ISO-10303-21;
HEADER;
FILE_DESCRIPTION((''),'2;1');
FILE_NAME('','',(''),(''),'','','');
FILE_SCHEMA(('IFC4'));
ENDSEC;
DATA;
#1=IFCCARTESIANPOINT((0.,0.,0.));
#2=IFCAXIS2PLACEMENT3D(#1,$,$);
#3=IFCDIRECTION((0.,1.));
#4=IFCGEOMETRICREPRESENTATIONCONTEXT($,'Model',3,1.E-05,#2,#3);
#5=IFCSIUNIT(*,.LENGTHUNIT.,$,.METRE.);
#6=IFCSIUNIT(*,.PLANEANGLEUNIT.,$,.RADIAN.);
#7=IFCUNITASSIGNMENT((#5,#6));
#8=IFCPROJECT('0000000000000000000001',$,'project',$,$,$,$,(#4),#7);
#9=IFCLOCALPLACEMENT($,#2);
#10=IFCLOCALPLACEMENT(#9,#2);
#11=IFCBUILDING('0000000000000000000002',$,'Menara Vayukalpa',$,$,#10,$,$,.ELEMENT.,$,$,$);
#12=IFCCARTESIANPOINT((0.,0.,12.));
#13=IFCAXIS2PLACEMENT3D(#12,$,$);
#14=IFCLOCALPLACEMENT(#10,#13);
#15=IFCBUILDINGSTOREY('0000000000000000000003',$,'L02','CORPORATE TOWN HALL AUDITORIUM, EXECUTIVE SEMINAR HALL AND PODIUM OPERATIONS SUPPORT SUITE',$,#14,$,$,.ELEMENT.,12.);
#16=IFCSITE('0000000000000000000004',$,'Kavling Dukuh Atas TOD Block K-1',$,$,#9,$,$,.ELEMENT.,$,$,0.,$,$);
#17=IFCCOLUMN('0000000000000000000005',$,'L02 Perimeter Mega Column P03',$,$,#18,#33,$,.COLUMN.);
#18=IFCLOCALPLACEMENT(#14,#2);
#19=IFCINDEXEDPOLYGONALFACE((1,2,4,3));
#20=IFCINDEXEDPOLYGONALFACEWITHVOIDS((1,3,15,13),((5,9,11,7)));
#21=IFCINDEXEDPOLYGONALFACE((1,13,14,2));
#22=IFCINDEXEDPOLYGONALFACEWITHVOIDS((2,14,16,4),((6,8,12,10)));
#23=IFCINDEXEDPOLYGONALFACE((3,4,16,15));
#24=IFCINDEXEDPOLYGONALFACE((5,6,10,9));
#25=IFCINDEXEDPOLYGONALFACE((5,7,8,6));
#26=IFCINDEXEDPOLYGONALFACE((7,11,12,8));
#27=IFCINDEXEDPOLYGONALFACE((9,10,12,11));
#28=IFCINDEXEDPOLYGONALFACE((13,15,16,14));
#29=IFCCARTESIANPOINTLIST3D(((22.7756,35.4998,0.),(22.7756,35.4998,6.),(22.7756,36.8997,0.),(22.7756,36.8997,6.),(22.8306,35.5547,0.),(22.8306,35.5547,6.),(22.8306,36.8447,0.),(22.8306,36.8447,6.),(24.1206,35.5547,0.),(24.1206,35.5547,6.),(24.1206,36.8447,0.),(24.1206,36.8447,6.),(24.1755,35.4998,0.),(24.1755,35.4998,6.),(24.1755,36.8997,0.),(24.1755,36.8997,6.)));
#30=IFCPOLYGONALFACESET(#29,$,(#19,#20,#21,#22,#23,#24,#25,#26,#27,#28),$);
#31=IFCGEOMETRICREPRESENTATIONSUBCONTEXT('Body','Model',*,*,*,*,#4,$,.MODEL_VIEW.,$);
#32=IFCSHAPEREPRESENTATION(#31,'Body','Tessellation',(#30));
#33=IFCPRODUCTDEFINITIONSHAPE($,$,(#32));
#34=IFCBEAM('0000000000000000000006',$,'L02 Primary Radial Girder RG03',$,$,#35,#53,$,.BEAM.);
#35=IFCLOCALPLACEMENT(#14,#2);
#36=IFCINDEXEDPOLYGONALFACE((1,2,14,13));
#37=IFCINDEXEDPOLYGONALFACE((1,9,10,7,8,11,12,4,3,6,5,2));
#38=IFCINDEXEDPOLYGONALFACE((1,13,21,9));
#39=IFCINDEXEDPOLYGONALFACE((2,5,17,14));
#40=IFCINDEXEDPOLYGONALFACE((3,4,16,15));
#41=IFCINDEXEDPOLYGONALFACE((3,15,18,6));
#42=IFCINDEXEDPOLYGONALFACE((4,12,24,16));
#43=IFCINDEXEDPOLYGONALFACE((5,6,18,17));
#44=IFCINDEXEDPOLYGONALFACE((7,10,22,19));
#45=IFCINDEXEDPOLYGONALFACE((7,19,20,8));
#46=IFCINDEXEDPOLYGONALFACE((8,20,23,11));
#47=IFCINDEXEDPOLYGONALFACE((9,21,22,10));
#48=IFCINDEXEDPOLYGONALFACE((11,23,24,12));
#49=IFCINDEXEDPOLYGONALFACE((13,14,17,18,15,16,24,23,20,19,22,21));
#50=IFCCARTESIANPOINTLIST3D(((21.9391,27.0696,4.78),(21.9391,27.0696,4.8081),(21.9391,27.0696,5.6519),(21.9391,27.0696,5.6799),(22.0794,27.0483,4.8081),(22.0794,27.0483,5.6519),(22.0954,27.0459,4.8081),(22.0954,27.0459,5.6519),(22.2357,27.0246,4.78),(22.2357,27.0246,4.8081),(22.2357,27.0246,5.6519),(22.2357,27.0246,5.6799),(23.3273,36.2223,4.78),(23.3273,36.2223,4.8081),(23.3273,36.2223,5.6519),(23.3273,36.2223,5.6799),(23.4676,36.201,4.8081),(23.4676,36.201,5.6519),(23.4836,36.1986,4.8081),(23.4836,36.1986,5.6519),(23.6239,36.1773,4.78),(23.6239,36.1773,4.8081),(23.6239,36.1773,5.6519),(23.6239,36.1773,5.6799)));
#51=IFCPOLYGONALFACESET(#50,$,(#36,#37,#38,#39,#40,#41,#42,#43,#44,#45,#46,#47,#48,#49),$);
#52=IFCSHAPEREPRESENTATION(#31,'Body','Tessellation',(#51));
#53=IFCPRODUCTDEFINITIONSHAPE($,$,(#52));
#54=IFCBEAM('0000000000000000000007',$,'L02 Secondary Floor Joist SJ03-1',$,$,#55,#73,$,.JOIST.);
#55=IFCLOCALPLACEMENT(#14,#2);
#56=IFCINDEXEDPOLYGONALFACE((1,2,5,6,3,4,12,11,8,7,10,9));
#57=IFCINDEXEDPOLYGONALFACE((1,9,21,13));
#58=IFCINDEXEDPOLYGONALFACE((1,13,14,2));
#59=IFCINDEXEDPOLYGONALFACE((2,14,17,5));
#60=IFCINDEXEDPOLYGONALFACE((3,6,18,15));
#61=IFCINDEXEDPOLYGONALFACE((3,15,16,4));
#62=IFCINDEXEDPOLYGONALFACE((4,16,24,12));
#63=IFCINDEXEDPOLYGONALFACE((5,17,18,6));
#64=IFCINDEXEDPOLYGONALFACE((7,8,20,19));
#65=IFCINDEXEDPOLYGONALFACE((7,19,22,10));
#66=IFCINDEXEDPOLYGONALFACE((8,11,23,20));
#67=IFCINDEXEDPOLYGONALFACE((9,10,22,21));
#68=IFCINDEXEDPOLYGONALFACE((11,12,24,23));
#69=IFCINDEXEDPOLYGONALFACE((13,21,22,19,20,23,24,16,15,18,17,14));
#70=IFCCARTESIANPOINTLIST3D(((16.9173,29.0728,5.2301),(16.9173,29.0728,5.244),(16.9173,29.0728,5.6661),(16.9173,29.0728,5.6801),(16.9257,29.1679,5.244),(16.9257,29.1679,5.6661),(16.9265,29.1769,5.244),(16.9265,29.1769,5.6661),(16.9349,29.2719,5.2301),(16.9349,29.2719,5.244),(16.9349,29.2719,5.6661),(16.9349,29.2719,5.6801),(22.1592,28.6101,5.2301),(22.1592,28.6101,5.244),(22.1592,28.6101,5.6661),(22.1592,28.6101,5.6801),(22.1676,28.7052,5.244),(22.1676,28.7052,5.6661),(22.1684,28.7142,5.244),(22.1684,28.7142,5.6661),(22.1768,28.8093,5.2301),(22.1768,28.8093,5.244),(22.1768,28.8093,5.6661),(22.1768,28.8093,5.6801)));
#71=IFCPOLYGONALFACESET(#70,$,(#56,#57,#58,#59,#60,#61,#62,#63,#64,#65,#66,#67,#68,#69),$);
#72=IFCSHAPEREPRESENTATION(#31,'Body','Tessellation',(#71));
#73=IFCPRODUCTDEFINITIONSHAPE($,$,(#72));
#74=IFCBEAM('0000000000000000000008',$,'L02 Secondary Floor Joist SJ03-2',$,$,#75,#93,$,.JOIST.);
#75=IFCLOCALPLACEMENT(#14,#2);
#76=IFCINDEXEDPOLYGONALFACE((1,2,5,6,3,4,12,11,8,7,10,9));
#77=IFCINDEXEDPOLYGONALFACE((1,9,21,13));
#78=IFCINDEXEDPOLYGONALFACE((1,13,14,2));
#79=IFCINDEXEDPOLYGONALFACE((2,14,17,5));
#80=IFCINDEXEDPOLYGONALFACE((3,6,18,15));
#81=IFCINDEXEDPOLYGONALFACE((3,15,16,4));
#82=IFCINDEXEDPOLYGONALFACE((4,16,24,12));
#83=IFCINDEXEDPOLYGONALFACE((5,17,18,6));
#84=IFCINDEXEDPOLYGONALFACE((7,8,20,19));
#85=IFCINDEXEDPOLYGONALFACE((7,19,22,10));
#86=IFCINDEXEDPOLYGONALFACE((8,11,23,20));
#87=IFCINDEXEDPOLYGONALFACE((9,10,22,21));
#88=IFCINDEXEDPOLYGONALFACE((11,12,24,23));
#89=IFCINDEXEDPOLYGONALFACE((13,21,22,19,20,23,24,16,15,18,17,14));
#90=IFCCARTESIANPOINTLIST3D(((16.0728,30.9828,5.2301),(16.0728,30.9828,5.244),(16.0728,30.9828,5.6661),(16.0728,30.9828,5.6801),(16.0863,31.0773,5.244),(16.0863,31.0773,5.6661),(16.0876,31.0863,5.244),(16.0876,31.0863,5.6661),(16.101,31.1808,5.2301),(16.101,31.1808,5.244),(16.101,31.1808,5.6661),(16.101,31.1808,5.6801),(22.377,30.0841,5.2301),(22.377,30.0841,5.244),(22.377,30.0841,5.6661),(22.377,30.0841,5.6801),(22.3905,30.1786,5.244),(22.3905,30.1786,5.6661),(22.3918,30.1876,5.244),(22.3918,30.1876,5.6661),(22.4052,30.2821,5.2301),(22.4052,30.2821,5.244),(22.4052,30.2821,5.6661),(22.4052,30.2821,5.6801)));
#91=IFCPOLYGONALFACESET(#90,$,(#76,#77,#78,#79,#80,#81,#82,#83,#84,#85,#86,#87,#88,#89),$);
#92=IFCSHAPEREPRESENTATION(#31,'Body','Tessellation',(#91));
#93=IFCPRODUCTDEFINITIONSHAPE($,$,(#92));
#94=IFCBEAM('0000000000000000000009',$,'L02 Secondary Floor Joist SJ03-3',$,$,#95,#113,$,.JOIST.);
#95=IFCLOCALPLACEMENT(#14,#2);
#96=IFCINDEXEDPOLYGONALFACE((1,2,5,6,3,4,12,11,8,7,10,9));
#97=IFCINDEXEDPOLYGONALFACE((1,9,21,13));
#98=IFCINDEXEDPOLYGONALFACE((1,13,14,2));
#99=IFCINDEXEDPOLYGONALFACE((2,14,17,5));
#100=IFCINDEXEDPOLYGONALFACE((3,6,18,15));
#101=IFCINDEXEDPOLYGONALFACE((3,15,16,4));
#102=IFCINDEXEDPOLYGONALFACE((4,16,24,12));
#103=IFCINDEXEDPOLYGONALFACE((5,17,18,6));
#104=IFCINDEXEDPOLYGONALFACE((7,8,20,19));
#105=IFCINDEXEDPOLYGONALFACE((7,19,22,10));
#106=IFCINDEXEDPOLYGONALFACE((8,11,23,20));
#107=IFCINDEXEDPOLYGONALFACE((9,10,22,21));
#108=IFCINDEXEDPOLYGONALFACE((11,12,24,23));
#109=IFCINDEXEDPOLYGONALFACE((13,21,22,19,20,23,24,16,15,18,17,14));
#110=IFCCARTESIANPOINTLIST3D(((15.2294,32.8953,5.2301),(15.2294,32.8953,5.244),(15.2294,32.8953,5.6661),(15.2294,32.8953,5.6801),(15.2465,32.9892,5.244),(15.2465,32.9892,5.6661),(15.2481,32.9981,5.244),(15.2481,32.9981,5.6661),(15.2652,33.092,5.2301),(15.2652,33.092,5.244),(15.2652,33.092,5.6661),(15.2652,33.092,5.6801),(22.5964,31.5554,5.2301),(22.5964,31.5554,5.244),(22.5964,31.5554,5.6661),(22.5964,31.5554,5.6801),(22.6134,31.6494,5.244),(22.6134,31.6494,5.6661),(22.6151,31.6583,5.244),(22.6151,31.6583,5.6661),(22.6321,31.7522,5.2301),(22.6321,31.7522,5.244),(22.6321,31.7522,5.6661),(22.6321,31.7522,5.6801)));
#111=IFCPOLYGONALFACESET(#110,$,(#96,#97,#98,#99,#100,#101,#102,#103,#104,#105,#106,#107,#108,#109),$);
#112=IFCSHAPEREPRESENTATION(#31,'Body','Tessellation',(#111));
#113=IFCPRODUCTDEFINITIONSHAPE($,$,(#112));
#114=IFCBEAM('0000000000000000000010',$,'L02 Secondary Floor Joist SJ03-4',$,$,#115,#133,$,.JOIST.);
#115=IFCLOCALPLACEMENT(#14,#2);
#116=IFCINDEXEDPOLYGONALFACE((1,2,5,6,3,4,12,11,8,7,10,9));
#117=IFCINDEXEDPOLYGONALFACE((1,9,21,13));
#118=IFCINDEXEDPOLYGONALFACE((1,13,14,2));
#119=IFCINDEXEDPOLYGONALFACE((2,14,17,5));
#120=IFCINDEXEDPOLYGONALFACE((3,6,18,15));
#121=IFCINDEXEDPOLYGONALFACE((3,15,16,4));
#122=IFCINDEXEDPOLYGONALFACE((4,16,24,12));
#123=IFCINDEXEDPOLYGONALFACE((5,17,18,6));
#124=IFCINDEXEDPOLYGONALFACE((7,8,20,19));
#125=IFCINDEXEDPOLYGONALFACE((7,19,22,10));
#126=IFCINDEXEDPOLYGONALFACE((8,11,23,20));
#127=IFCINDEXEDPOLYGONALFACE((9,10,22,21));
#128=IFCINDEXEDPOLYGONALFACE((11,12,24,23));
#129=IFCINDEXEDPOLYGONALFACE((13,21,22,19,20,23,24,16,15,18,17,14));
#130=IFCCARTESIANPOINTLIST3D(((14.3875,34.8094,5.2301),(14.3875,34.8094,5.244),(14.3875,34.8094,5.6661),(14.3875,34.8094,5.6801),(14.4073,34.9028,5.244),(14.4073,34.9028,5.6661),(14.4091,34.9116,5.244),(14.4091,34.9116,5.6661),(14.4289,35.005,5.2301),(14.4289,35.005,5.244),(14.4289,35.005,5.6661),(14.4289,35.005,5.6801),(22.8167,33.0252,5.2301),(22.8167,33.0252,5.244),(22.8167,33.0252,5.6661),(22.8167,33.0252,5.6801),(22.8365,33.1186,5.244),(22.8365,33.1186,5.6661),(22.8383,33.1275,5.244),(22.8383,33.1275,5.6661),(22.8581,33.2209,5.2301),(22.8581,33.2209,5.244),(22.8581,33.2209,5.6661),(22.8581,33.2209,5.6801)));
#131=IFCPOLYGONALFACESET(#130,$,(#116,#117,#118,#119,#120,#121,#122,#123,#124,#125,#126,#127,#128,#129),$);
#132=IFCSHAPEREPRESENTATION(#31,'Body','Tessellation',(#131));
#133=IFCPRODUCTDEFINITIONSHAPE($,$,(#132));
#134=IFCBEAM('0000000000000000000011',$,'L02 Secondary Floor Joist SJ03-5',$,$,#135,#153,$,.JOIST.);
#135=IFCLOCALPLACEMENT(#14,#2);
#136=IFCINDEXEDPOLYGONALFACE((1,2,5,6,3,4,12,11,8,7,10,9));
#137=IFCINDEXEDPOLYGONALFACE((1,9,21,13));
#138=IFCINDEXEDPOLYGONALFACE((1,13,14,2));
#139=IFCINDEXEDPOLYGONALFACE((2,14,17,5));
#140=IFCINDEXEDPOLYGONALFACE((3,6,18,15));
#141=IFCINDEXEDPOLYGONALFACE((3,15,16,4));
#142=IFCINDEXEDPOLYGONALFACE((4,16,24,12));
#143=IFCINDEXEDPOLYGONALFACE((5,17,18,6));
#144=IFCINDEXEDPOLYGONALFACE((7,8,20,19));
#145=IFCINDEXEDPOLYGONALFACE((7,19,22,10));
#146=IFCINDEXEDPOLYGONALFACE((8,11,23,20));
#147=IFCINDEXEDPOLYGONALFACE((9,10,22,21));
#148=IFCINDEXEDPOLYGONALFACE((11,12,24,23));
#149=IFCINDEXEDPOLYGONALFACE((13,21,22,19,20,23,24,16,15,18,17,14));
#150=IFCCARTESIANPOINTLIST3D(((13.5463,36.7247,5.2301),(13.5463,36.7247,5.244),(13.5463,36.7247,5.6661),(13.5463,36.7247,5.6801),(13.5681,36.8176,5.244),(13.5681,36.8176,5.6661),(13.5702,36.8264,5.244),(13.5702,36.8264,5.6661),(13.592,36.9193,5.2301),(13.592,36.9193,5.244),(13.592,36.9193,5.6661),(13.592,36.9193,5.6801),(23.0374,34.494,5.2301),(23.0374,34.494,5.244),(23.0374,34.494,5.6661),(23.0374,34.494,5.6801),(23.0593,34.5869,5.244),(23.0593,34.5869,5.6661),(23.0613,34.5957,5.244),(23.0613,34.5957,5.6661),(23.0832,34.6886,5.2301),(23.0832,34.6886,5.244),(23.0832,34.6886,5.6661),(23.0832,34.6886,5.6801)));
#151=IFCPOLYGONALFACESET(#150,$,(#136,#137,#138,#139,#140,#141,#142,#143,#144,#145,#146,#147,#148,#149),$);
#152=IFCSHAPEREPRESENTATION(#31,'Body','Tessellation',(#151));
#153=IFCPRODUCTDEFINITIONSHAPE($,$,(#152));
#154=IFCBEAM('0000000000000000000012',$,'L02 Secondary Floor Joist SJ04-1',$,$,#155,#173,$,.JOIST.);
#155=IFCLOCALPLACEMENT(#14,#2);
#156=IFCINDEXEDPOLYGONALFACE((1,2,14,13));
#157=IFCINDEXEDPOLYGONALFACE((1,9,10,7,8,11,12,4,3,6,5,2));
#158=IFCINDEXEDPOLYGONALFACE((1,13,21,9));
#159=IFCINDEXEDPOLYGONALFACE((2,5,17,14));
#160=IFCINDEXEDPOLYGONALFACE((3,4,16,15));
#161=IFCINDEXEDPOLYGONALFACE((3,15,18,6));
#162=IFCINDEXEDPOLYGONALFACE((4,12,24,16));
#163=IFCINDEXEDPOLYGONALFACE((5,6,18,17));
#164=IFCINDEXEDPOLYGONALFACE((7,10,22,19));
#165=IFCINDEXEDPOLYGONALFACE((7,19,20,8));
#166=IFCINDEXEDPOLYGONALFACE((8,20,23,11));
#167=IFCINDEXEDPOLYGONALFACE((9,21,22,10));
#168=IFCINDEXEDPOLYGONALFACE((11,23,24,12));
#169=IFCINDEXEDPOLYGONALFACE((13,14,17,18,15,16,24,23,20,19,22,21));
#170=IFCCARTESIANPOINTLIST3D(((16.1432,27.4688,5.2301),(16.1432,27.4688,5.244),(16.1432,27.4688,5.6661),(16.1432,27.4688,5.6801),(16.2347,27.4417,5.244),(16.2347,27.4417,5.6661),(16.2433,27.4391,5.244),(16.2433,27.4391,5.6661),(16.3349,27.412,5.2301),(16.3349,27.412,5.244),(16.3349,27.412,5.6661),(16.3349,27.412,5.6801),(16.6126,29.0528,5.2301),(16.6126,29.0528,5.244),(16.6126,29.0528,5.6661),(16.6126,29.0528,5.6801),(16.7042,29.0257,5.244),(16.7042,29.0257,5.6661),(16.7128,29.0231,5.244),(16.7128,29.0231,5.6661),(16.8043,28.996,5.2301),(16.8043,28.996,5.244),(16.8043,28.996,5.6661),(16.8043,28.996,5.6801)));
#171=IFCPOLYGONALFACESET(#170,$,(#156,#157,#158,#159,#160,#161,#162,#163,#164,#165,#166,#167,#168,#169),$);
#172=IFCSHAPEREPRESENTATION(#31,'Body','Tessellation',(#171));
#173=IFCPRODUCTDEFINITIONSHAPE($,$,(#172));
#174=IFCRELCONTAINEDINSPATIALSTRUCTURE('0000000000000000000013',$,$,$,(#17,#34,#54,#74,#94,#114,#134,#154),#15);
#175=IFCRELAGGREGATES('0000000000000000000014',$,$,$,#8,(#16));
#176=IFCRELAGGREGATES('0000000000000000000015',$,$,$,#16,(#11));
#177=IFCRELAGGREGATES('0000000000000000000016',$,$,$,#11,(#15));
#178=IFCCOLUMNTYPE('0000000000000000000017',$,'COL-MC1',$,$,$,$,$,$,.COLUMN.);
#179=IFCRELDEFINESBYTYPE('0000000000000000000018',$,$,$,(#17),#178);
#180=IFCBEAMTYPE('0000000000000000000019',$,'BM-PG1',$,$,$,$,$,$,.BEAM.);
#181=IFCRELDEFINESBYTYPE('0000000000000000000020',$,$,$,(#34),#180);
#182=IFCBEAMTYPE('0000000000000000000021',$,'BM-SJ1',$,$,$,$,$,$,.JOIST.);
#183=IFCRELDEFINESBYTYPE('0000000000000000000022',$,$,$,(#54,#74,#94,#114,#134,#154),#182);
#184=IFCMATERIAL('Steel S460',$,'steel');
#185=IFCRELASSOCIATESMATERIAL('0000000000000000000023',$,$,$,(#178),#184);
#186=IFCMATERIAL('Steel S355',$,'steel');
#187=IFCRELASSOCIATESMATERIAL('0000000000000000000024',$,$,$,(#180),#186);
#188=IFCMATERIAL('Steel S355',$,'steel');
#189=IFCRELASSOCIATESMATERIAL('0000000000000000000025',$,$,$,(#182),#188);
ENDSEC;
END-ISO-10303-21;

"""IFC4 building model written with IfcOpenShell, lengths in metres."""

from ifc_helpers import new_model, si_unit, direction, frame, origin, origin_2d, place, context, subcontext, project, spatial, hollow_rectangle, i_section, extrude, material, material_profile, profile_set, type_object, element, save


model = new_model("IFC4")

# Units and contexts
model_context = context("Model", 3, precision=1e-05, world=origin(), true_north=direction((0.0, 1.0)))
body_context = subcontext(model_context, "Body", "Model", "MODEL_VIEW")
ifc_project = project(units=[si_unit("LENGTHUNIT", "METRE"), si_unit("PLANEANGLEUNIT", "RADIAN")], contexts=[model_context])

# Site, building, storey
site_placement = place(None, origin())
site = spatial("IfcSite", under=ifc_project, at=site_placement, Name="Kavling Dukuh Atas TOD Block K-1", CompositionType="ELEMENT", RefElevation=0.0)
building_placement = place(site_placement, origin())
building = spatial("IfcBuilding", under=site, at=building_placement, Name="Menara Vayukalpa", CompositionType="ELEMENT")
storey_placement = place(building_placement, frame((0.0, 0.0, 12.0)))
storey = spatial("IfcBuildingStorey", under=building, at=storey_placement, Name="L02", Description="CORPORATE TOWN HALL AUDITORIUM, EXECUTIVE SEMINAR HALL AND PODIUM OPERATIONS SUPPORT SUITE", CompositionType="ELEMENT", Elevation=12.0)

# Column
ifc_material_1 = material(Name="Steel S460", Category="steel")
ifc_material_profile_1 = material_profile(ifc_material_1, hollow_rectangle(XDim=1.3999, YDim=1.3999, WallThickness=0.0549, at=origin_2d()), Name="BOX 1400x1400x55")
ifc_profile_set_1 = profile_set([ifc_material_profile_1], Name="Steel S460")
column_type = type_object("IfcColumnType", Name="COL-MC1", PredefinedType="COLUMN", material=ifc_profile_set_1)
column_placement = place(storey_placement, frame((23.4756, 36.1997, 0.0), z_axis=(0.0, 0.0, 1.0), x_axis=(1.0, 0.0, 0.0)))
element("IfcColumn", 1, at=column_placement, inside=storey, type_object=column_type, Name="L02 Perimeter Mega Column P03", PredefinedType="COLUMN", context=body_context, shape_type="SweptSolid", body=[
    extrude(hollow_rectangle(XDim=1.3999, YDim=1.3999, WallThickness=0.0549, at=origin_2d()), origin(), (0.0, 0.0, 1.0), 6.0),
])

# Beams
ifc_material_2 = material(Name="Steel S355", Category="steel")
ifc_material_profile_2 = material_profile(ifc_material_2, i_section(OverallWidth=0.3, OverallDepth=0.8999, WebThickness=0.0161, FlangeThickness=0.0281, at=origin_2d()), Name="WF 900x300x16x28")
ifc_profile_set_2 = profile_set([ifc_material_profile_2], Name="Steel S355")
beam_type_1 = type_object("IfcBeamType", Name="BM-PG1", PredefinedType="BEAM", material=ifc_profile_set_2)
beam_1_placement = place(storey_placement, frame((22.0874, 27.0471, 5.23), z_axis=(0.149956, 0.988693, 0.0), x_axis=(-0.988693, 0.149956, 0.0)))
element("IfcBeam", 2, at=beam_1_placement, inside=storey, type_object=beam_type_1, Name="L02 Primary Radial Girder RG03", PredefinedType="BEAM", context=body_context, shape_type="SweptSolid", body=[
    extrude(i_section(OverallWidth=0.3, OverallDepth=0.8999, WebThickness=0.0161, FlangeThickness=0.0281, at=origin_2d()), origin(), (0.0, 0.0, 1.0), 9.2573),
])
ifc_material_3 = material(Name="Steel S355", Category="steel")
ifc_material_profile_3 = material_profile(ifc_material_3, i_section(OverallWidth=0.2, OverallDepth=0.45, WebThickness=0.009, FlangeThickness=0.0139, at=origin_2d()), Name="WF 450x200x9x14")
ifc_profile_set_3 = profile_set([ifc_material_profile_3], Name="Steel S355")
beam_type_2 = type_object("IfcBeamType", Name="BM-SJ1", PredefinedType="JOIST", material=ifc_profile_set_3)
beam_2_placement = place(storey_placement, frame((22.168, 28.7097, 5.4551), z_axis=(-0.996128, 0.087917, 0.0), x_axis=(-0.087917, -0.996128, 0.0)))
element("IfcBeam", 3, at=beam_2_placement, inside=storey, type_object=beam_type_2, Name="L02 Secondary Floor Joist SJ03-1", PredefinedType="JOIST", context=body_context, shape_type="SweptSolid", body=[
    extrude(i_section(OverallWidth=0.2, OverallDepth=0.45, WebThickness=0.009, FlangeThickness=0.0139, at=origin_2d()), origin(), (0.0, 0.0, 1.0), 5.2622),
])
beam_3_placement = place(storey_placement, frame((22.3911, 30.1831, 5.4551), z_axis=(-0.989992, 0.141126, 0.0), x_axis=(-0.141126, -0.989992, 0.0)))
element("IfcBeam", 4, at=beam_3_placement, inside=storey, type_object=beam_type_2, Name="L02 Secondary Floor Joist SJ03-2", PredefinedType="JOIST", context=body_context, shape_type="SweptSolid", body=[
    extrude(i_section(OverallWidth=0.2, OverallDepth=0.45, WebThickness=0.009, FlangeThickness=0.0139, at=origin_2d()), origin(), (0.0, 0.0, 1.0), 6.3679),
])
beam_4_placement = place(storey_placement, frame((22.6143, 31.6538, 5.4551), z_axis=(-0.983861, 0.178937, 0.0), x_axis=(-0.178937, -0.983861, 0.0)))
element("IfcBeam", 5, at=beam_4_placement, inside=storey, type_object=beam_type_2, Name="L02 Secondary Floor Joist SJ03-3", PredefinedType="JOIST", context=body_context, shape_type="SweptSolid", body=[
    extrude(i_section(OverallWidth=0.2, OverallDepth=0.45, WebThickness=0.009, FlangeThickness=0.0139, at=origin_2d()), origin(), (0.0, 0.0, 1.0), 7.4878),
])
beam_5_placement = place(storey_placement, frame((22.8374, 33.123, 5.4551), z_axis=(-0.978324, 0.207079, 0.0), x_axis=(-0.207079, -0.978324, 0.0)))
element("IfcBeam", 6, at=beam_5_placement, inside=storey, type_object=beam_type_2, Name="L02 Secondary Floor Joist SJ03-4", PredefinedType="JOIST", context=body_context, shape_type="SweptSolid", body=[
    extrude(i_section(OverallWidth=0.2, OverallDepth=0.45, WebThickness=0.009, FlangeThickness=0.0139, at=origin_2d()), origin(), (0.0, 0.0, 1.0), 8.616),
])
beam_6_placement = place(storey_placement, frame((23.0603, 34.5913, 5.4551), z_axis=(-0.973475, 0.228795, 0.0), x_axis=(-0.228795, -0.973475, 0.0)))
element("IfcBeam", 7, at=beam_6_placement, inside=storey, type_object=beam_type_2, Name="L02 Secondary Floor Joist SJ03-5", PredefinedType="JOIST", context=body_context, shape_type="SweptSolid", body=[
    extrude(i_section(OverallWidth=0.2, OverallDepth=0.45, WebThickness=0.009, FlangeThickness=0.0139, at=origin_2d()), origin(), (0.0, 0.0, 1.0), 9.7498),
])
beam_7_placement = place(storey_placement, frame((16.7085, 29.0244, 5.4551), z_axis=(-0.284174, -0.958773, 0.0), x_axis=(0.958773, -0.284174, 0.0)))
element("IfcBeam", 8, at=beam_7_placement, inside=storey, type_object=beam_type_2, Name="L02 Secondary Floor Joist SJ04-1", PredefinedType="JOIST", context=body_context, shape_type="SweptSolid", body=[
    extrude(i_section(OverallWidth=0.2, OverallDepth=0.45, WebThickness=0.009, FlangeThickness=0.0139, at=origin_2d()), origin(), (0.0, 0.0, 1.0), 1.6521),
])

save(model, "model.ifc")
